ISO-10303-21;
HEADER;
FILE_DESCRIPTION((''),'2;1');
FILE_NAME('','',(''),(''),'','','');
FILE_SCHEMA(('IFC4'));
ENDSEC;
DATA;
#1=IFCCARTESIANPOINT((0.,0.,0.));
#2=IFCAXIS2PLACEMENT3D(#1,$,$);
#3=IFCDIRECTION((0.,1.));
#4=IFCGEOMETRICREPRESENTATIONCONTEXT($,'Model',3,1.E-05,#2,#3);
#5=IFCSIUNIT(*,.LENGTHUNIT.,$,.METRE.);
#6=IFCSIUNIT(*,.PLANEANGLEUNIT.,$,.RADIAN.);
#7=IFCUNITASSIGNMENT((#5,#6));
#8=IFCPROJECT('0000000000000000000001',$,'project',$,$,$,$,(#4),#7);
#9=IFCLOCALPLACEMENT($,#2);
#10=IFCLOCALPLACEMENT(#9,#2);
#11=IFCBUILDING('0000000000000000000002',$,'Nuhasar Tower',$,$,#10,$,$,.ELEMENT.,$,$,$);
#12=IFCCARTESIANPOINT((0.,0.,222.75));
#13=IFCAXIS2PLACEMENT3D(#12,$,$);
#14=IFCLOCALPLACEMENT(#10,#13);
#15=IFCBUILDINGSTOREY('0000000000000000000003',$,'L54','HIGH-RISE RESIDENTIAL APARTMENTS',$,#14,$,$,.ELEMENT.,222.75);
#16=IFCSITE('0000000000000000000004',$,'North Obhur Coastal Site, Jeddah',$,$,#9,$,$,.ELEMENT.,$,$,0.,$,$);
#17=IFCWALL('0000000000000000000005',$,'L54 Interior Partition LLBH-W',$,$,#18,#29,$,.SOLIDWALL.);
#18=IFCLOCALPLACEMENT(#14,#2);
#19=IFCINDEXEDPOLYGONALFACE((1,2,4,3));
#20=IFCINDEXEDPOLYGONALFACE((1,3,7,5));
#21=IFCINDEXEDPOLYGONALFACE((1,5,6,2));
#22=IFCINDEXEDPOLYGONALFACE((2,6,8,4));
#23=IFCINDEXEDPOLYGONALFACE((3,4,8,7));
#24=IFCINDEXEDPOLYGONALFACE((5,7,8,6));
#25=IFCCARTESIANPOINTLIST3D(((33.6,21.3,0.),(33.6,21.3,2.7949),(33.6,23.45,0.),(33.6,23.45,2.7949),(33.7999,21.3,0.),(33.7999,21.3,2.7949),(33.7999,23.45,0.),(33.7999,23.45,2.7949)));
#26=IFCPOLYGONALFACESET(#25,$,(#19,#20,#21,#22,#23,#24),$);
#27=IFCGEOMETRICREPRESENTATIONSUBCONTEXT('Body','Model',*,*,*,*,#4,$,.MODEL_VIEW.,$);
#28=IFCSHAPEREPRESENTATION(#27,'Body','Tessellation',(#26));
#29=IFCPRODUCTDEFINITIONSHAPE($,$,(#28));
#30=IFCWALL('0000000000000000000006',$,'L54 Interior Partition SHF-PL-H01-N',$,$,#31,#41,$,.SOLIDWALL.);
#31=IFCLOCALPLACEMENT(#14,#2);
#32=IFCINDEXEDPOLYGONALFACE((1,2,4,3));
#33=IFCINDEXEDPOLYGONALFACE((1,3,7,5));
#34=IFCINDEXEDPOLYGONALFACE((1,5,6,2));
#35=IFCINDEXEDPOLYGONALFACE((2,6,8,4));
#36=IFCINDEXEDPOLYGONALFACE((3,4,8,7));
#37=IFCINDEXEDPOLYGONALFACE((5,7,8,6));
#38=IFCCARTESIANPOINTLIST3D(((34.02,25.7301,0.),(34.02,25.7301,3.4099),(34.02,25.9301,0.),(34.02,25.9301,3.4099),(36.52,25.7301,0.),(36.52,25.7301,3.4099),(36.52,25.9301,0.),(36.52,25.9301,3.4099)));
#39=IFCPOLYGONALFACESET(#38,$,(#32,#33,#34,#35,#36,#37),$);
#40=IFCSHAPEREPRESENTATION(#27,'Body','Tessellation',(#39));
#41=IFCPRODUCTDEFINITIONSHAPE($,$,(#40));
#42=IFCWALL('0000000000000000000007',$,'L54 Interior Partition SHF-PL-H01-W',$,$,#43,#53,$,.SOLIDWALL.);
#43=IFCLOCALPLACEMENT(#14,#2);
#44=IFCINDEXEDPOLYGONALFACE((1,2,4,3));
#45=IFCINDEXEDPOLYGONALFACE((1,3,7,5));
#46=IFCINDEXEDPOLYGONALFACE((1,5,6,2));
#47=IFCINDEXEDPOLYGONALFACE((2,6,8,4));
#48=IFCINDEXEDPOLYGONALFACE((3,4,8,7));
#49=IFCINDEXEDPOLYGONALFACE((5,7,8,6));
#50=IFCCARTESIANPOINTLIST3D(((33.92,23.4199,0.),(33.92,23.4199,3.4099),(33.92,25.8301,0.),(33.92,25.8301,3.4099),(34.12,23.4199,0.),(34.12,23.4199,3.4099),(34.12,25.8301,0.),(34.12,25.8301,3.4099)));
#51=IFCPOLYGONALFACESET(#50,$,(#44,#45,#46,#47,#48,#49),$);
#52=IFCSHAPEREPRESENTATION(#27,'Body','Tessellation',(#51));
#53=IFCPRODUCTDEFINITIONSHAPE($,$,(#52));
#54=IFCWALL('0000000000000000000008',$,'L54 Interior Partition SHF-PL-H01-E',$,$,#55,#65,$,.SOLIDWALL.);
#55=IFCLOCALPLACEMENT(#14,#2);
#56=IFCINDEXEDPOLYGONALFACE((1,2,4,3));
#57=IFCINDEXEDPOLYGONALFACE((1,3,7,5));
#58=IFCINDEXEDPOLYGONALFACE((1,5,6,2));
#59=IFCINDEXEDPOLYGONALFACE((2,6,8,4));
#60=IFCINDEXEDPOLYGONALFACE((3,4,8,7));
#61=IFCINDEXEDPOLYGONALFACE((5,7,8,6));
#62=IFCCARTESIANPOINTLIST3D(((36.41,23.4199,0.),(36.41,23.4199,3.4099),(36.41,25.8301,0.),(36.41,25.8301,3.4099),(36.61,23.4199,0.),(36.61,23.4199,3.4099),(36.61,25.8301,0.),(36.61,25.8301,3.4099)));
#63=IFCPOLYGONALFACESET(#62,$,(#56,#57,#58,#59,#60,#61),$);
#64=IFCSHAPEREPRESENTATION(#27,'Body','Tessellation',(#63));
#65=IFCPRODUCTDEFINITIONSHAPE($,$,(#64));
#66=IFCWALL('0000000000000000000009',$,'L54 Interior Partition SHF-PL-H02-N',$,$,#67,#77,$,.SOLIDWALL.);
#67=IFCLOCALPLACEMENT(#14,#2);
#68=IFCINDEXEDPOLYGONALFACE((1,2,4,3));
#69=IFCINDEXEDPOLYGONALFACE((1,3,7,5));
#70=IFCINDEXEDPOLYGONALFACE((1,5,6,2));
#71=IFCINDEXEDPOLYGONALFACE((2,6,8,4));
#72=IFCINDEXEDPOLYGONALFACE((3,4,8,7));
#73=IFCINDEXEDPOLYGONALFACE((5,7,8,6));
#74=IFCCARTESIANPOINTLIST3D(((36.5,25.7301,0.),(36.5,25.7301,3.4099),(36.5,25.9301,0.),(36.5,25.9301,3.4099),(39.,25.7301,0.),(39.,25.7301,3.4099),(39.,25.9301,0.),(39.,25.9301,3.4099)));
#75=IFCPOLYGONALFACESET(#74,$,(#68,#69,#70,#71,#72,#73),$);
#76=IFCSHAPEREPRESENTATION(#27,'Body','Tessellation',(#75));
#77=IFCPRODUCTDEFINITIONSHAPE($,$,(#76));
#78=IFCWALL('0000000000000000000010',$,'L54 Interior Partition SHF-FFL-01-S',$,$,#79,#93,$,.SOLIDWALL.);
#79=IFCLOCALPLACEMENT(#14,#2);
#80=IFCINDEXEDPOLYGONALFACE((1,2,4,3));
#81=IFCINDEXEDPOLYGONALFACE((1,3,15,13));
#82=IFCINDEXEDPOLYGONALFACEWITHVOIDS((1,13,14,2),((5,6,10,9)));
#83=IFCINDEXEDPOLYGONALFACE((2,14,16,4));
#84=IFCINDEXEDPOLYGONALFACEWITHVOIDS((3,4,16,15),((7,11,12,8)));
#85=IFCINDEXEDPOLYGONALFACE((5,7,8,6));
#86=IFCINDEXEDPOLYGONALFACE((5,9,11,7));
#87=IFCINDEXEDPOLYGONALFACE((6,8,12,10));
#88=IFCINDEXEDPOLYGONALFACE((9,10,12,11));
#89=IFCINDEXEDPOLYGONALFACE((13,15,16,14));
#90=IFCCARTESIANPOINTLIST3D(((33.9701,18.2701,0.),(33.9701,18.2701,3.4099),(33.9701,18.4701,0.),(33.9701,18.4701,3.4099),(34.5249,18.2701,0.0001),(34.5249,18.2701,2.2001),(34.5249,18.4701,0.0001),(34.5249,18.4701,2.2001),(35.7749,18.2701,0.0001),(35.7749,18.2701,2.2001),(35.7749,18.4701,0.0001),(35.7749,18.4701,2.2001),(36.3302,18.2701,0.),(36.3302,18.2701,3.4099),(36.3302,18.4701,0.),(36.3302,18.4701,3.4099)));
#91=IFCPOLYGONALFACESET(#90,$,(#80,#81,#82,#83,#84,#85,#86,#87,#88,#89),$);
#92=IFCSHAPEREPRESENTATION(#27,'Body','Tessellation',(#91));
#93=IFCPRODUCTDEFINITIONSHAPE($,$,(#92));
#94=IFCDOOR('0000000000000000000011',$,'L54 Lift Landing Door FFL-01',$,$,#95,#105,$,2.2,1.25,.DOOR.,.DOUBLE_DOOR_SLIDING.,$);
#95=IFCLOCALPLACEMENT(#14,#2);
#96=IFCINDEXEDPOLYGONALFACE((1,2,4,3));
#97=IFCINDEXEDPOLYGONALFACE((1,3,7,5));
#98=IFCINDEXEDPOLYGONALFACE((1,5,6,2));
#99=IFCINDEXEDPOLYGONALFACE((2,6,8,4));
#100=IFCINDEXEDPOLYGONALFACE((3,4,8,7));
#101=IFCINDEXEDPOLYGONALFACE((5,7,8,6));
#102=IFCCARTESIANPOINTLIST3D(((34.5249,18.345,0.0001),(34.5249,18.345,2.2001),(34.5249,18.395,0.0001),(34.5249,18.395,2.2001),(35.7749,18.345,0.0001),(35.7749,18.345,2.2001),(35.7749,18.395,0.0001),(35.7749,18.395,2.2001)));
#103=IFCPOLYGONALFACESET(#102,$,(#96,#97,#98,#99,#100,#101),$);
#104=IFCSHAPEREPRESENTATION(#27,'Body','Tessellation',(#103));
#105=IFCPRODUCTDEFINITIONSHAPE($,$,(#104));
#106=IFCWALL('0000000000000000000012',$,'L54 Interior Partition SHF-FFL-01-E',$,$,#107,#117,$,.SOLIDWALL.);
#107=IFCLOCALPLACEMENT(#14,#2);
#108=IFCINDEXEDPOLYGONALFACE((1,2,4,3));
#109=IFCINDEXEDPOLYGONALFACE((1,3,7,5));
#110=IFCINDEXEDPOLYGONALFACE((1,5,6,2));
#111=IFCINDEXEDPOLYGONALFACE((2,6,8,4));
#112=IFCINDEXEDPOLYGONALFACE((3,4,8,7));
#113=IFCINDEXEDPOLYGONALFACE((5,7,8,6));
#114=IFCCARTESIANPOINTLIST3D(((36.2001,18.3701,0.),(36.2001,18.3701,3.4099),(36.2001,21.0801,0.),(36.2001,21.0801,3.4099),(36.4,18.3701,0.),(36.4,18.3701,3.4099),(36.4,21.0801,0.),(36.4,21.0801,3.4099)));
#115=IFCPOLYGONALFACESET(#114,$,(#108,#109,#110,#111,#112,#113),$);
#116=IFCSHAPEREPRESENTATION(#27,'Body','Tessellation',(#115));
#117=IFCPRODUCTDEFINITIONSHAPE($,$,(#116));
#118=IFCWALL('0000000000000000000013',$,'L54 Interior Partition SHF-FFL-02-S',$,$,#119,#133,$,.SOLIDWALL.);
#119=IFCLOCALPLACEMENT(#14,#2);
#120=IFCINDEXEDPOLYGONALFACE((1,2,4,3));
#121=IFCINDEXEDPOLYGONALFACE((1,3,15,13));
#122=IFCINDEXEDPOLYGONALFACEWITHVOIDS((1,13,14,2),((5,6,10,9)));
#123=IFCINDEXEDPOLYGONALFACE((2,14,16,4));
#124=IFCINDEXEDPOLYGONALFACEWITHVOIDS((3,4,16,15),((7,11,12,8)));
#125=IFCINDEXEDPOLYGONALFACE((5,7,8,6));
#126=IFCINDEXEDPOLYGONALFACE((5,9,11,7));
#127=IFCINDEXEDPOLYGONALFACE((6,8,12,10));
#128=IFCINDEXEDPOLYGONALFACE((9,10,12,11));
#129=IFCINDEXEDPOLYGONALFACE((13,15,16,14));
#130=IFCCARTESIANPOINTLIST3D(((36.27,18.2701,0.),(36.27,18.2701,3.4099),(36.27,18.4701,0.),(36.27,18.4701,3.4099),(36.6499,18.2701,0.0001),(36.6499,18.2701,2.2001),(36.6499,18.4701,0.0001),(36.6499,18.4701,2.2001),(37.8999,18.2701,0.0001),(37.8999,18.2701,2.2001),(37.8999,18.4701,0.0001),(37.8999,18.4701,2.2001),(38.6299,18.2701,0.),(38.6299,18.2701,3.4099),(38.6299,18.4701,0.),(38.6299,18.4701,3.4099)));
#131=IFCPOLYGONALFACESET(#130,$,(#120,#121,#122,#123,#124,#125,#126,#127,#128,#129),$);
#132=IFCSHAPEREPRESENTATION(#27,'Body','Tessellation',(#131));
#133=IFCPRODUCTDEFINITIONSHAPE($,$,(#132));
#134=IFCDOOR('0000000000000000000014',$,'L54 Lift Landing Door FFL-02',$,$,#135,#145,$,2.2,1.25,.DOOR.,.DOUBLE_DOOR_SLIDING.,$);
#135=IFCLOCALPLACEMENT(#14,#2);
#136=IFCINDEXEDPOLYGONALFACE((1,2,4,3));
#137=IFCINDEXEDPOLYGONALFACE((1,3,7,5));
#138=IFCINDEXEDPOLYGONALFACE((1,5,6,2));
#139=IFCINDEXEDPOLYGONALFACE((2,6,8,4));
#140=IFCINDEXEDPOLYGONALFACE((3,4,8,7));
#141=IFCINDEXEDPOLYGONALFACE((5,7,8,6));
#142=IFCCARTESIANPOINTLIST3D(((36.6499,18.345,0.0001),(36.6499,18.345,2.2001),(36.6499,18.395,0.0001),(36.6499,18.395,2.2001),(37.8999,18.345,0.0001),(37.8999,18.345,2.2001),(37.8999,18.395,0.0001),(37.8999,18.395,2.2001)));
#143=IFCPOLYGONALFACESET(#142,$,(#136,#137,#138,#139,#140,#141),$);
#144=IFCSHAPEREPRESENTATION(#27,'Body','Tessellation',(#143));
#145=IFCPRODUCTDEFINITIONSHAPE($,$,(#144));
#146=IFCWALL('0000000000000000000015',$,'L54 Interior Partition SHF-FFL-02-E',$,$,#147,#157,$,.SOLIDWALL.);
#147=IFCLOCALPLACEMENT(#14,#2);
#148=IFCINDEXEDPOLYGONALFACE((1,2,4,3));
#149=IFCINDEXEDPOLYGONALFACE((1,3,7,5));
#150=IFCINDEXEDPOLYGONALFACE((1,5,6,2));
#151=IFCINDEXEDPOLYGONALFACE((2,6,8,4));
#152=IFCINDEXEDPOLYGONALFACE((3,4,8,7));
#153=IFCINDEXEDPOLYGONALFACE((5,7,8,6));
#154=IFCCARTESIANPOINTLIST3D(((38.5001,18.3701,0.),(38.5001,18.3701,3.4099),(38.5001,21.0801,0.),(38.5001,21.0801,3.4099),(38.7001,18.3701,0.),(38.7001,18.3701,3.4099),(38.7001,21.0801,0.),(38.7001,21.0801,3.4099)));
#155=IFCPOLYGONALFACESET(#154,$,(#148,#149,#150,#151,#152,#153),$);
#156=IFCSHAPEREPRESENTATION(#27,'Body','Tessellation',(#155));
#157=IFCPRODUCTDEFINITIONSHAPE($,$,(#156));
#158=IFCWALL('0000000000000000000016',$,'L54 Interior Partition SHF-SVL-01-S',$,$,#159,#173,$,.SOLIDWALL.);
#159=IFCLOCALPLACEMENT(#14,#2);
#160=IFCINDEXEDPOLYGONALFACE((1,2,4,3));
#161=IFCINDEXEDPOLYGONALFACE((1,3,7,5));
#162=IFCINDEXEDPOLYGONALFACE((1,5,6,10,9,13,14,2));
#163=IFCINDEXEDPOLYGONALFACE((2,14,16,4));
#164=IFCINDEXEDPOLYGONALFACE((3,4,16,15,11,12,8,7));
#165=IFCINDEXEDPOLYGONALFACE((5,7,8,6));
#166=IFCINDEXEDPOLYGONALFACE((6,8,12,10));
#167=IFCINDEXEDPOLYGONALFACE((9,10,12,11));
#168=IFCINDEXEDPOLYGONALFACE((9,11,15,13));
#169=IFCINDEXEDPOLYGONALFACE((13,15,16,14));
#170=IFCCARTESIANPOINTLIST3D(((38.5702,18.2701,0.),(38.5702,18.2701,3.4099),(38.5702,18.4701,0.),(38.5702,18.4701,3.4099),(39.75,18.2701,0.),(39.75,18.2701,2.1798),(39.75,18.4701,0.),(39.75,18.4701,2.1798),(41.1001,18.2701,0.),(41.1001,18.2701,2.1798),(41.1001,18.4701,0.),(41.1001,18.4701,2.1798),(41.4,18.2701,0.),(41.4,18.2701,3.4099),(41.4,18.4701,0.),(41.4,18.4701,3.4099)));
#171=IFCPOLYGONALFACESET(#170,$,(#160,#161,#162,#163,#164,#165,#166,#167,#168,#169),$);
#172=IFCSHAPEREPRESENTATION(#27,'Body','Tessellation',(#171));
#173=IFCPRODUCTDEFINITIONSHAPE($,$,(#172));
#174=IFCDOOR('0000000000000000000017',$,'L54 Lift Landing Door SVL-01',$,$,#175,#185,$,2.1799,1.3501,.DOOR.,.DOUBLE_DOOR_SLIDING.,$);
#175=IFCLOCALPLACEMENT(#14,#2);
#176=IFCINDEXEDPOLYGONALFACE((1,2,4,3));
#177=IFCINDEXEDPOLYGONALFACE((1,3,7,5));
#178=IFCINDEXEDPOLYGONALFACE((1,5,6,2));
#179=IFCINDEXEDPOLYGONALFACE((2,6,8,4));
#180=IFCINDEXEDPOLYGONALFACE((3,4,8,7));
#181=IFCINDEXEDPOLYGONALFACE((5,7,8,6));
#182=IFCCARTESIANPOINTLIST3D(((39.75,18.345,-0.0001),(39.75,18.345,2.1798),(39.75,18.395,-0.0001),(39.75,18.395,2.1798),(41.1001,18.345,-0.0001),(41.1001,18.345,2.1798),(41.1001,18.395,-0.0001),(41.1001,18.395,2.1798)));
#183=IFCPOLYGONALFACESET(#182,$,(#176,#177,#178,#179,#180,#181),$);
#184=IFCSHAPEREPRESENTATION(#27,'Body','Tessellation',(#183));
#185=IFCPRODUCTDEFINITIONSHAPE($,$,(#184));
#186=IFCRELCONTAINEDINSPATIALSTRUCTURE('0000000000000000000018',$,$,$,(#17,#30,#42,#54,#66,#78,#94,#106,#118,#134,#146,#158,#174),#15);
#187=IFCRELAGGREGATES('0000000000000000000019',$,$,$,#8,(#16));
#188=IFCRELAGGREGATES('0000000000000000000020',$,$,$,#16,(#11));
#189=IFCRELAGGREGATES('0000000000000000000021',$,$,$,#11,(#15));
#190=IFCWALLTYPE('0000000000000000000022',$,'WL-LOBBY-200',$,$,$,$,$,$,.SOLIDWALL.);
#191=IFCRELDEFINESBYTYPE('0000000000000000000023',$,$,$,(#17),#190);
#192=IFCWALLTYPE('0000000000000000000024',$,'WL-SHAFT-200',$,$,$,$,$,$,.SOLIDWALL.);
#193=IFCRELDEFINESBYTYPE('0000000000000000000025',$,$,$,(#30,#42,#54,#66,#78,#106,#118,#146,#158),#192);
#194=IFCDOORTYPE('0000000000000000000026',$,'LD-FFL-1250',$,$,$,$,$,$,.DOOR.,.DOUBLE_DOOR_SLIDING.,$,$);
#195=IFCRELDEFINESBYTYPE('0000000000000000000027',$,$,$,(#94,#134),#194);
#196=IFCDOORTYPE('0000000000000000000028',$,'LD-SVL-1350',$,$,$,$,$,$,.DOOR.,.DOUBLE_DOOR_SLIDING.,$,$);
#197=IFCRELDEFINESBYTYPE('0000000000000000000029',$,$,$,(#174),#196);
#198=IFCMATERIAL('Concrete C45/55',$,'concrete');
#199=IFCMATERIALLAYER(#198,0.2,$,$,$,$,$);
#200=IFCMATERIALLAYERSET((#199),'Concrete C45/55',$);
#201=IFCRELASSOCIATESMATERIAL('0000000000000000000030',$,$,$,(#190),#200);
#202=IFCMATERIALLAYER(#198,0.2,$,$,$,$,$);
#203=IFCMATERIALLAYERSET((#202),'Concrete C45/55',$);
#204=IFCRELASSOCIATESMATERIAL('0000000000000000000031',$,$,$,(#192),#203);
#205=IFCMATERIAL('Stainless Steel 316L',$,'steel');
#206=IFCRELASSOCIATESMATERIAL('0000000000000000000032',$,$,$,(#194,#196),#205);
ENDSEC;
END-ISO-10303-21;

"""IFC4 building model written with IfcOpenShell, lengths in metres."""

from ifc_helpers import new_model, si_unit, direction, frame, frame_2d, origin, place, context, subcontext, project, spatial, rectangle, extrude, material, layer, layer_set, type_object, element, fill, save


model = new_model("IFC4")

# Units and contexts
model_context = context("Model", 3, precision=1e-05, world=origin(), true_north=direction((0.0, 1.0)))
body_context = subcontext(model_context, "Body", "Model", "MODEL_VIEW")
ifc_project = project(units=[si_unit("LENGTHUNIT", "METRE"), si_unit("PLANEANGLEUNIT", "RADIAN")], contexts=[model_context])

# Site, building, storey
site_placement = place(None, origin())
site = spatial("IfcSite", under=ifc_project, at=site_placement, Name="North Obhur Coastal Site, Jeddah", CompositionType="ELEMENT", RefElevation=0.0)
building_placement = place(site_placement, origin())
building = spatial("IfcBuilding", under=site, at=building_placement, Name="Nuhasar Tower", CompositionType="ELEMENT")
storey_placement = place(building_placement, frame((0.0, 0.0, 222.75)))
storey = spatial("IfcBuildingStorey", under=building, at=storey_placement, Name="L54", Description="HIGH-RISE RESIDENTIAL APARTMENTS", CompositionType="ELEMENT", Elevation=222.75)

# Wall
ifc_material_1 = material(Name="Concrete C45/55", Category="concrete")
ifc_layer_1 = layer(ifc_material_1, 0.2)
ifc_layer_set_1 = layer_set([ifc_layer_1], Name="Concrete C45/55")
wall_type_1 = type_object("IfcWallType", Name="WL-LOBBY-200", PredefinedType="SOLIDWALL", material=ifc_layer_set_1)
wall_1_placement = place(storey_placement, frame((33.7, 21.3, 0.0), z_axis=(0.0, 0.0, 1.0), x_axis=(0.0, 1.0, 0.0)))
element("IfcWall", 1, at=wall_1_placement, inside=storey, type_object=wall_type_1, Name="L54 Interior Partition LLBH-W", PredefinedType="SOLIDWALL", context=body_context, shape_type="SweptSolid", body=[
    extrude(rectangle(XDim=2.1499, YDim=0.2, at=frame_2d((1.075, 0.0))), origin(), (0.0, 0.0, 1.0), 2.7949),
])

# Shared definitions
ifc_layer_2 = layer(ifc_material_1, 0.2)
ifc_layer_set_2 = layer_set([ifc_layer_2], Name="Concrete C45/55")
wall_type_2 = type_object("IfcWallType", Name="WL-SHAFT-200", PredefinedType="SOLIDWALL", material=ifc_layer_set_2)
ifc_material_2 = material(Name="Stainless Steel 316L", Category="steel")

# Walls
wall_2_placement = place(storey_placement, frame((34.02, 25.8301, 0.0), z_axis=(0.0, 0.0, 1.0), x_axis=(1.0, 0.0, 0.0)))
element("IfcWall", 2, at=wall_2_placement, inside=storey, type_object=wall_type_2, Name="L54 Interior Partition SHF-PL-H01-N", PredefinedType="SOLIDWALL", context=body_context, shape_type="SweptSolid", body=[
    extrude(rectangle(XDim=2.5, YDim=0.2, at=frame_2d((1.25, 0.0))), origin(), (0.0, 0.0, 1.0), 3.4099),
])
for number, where, z_axis, x_axis, name in (
    (3, (34.02, 23.4199, 0.0), (0.0, 0.0, 1.0), (0.0, 1.0, 0.0), "L54 Interior Partition SHF-PL-H01-W"),
    (4, (36.51, 23.4199, 0.0), (0.0, 0.0, 1.0), (0.0, 1.0, 0.0), "L54 Interior Partition SHF-PL-H01-E"),
):
    element("IfcWall", number, at=place(storey_placement, frame(where, z_axis=z_axis, x_axis=x_axis)), inside=storey, type_object=wall_type_2, Name=name, PredefinedType="SOLIDWALL", context=body_context, shape_type="SweptSolid", body=[
        extrude(rectangle(XDim=2.4102, YDim=0.2, at=frame_2d((1.2051, 0.0))), origin(), (0.0, 0.0, 1.0), 3.4099),
    ])

# Wall
wall_3_placement = place(storey_placement, frame((36.5, 25.8301, 0.0), z_axis=(0.0, 0.0, 1.0), x_axis=(1.0, 0.0, 0.0)))
element("IfcWall", 5, at=wall_3_placement, inside=storey, type_object=wall_type_2, Name="L54 Interior Partition SHF-PL-H02-N", PredefinedType="SOLIDWALL", context=body_context, shape_type="SweptSolid", body=[
    extrude(rectangle(XDim=2.5, YDim=0.2, at=frame_2d((1.25, 0.0))), origin(), (0.0, 0.0, 1.0), 3.4099),
])

# Wall, opening, door
wall_4_placement = place(storey_placement, frame((33.97, 18.3701, 0.0), z_axis=(0.0, 0.0, 1.0), x_axis=(1.0, 0.0, 0.0)))
wall_4 = element("IfcWall", 6, at=wall_4_placement, inside=storey, type_object=wall_type_2, Name="L54 Interior Partition SHF-FFL-01-S", PredefinedType="SOLIDWALL", context=body_context, shape_type="SweptSolid", body=[
    extrude(rectangle(XDim=2.3601, YDim=0.2, at=frame_2d((1.1802, 0.0))), origin(), (0.0, 0.0, 1.0), 3.4099),
])
opening_1_placement = place(wall_4_placement, frame((0.5549, 0.0, 0.0)))
opening_1 = element("IfcOpeningElement", 7, at=opening_1_placement, cuts=wall_4, PredefinedType="OPENING", context=body_context, shape_type="SweptSolid", body=[
    extrude(rectangle(XDim=1.25, YDim=2.2, at=frame_2d((0.625, 1.1001))), frame((0.0, 0.1099, 0.0), z_axis=(0.0, -1.0, 0.0), x_axis=(1.0, 0.0, 0.0)), (0.0, 0.0, 1.0), 0.22),
])
door_type_1 = type_object("IfcDoorType", Name="LD-FFL-1250", OperationType="DOUBLE_DOOR_SLIDING", PredefinedType="DOOR", material=ifc_material_2)
door_1_placement = place(opening_1_placement, origin())
door_1 = element("IfcDoor", 8, at=door_1_placement, inside=storey, type_object=door_type_1, Name="L54 Lift Landing Door FFL-01", OperationType="DOUBLE_DOOR_SLIDING", OverallHeight=2.2, OverallWidth=1.25, PredefinedType="DOOR", context=body_context, shape_type="SweptSolid", body=[
    extrude(rectangle(XDim=1.25, YDim=2.2, at=frame_2d((0.625, 1.1001))), frame((0.0, 0.0249, 0.0), z_axis=(0.0, -1.0, 0.0), x_axis=(1.0, 0.0, 0.0)), (0.0, 0.0, 1.0), 0.05),
])
fill(opening_1, door_1)

# Wall
wall_5_placement = place(storey_placement, frame((36.3, 18.3701, 0.0), z_axis=(0.0, 0.0, 1.0), x_axis=(0.0, 1.0, 0.0)))
element("IfcWall", 9, at=wall_5_placement, inside=storey, type_object=wall_type_2, Name="L54 Interior Partition SHF-FFL-01-E", PredefinedType="SOLIDWALL", context=body_context, shape_type="SweptSolid", body=[
    extrude(rectangle(XDim=2.71, YDim=0.2, at=frame_2d((1.355, 0.0))), origin(), (0.0, 0.0, 1.0), 3.4099),
])

# Wall, opening, door
wall_6_placement = place(storey_placement, frame((36.27, 18.3701, 0.0), z_axis=(0.0, 0.0, 1.0), x_axis=(1.0, 0.0, 0.0)))
wall_6 = element("IfcWall", 10, at=wall_6_placement, inside=storey, type_object=wall_type_2, Name="L54 Interior Partition SHF-FFL-02-S", PredefinedType="SOLIDWALL", context=body_context, shape_type="SweptSolid", body=[
    extrude(rectangle(XDim=2.3599, YDim=0.2, at=frame_2d((1.1799, 0.0))), origin(), (0.0, 0.0, 1.0), 3.4099),
])
opening_2_placement = place(wall_6_placement, frame((0.3799, 0.0, 0.0)))
opening_2 = element("IfcOpeningElement", 11, at=opening_2_placement, cuts=wall_6, PredefinedType="OPENING", context=body_context, shape_type="SweptSolid", body=[
    extrude(rectangle(XDim=1.25, YDim=2.2, at=frame_2d((0.625, 1.1001))), frame((0.0, 0.1099, 0.0), z_axis=(0.0, -1.0, 0.0), x_axis=(1.0, 0.0, 0.0)), (0.0, 0.0, 1.0), 0.22),
])
door_2_placement = place(opening_2_placement, origin())
door_2 = element("IfcDoor", 12, at=door_2_placement, inside=storey, type_object=door_type_1, Name="L54 Lift Landing Door FFL-02", OperationType="DOUBLE_DOOR_SLIDING", OverallHeight=2.2, OverallWidth=1.25, PredefinedType="DOOR", context=body_context, shape_type="SweptSolid", body=[
    extrude(rectangle(XDim=1.25, YDim=2.2, at=frame_2d((0.625, 1.1001))), frame((0.0, 0.0249, 0.0), z_axis=(0.0, -1.0, 0.0), x_axis=(1.0, 0.0, 0.0)), (0.0, 0.0, 1.0), 0.05),
])
fill(opening_2, door_2)

# Wall
wall_7_placement = place(storey_placement, frame((38.6001, 18.3701, 0.0), z_axis=(0.0, 0.0, 1.0), x_axis=(0.0, 1.0, 0.0)))
element("IfcWall", 13, at=wall_7_placement, inside=storey, type_object=wall_type_2, Name="L54 Interior Partition SHF-FFL-02-E", PredefinedType="SOLIDWALL", context=body_context, shape_type="SweptSolid", body=[
    extrude(rectangle(XDim=2.71, YDim=0.2, at=frame_2d((1.355, 0.0))), origin(), (0.0, 0.0, 1.0), 3.4099),
])

# Wall, opening, door
wall_8_placement = place(storey_placement, frame((38.5701, 18.3701, 0.0), z_axis=(0.0, 0.0, 1.0), x_axis=(1.0, 0.0, 0.0)))
wall_8 = element("IfcWall", 14, at=wall_8_placement, inside=storey, type_object=wall_type_2, Name="L54 Interior Partition SHF-SVL-01-S", PredefinedType="SOLIDWALL", context=body_context, shape_type="SweptSolid", body=[
    extrude(rectangle(XDim=2.8298, YDim=0.2, at=frame_2d((1.415, 0.0))), origin(), (0.0, 0.0, 1.0), 3.4099),
])
opening_3_placement = place(wall_8_placement, frame((1.1799, 0.0, 0.0)))
opening_3 = element("IfcOpeningElement", 15, at=opening_3_placement, cuts=wall_8, PredefinedType="OPENING", context=body_context, shape_type="SweptSolid", body=[
    extrude(rectangle(XDim=1.3501, YDim=2.1799, at=frame_2d((0.675, 1.0898))), frame((0.0, 0.1099, 0.0), z_axis=(0.0, -1.0, 0.0), x_axis=(1.0, 0.0, 0.0)), (0.0, 0.0, 1.0), 0.22),
])
door_type_2 = type_object("IfcDoorType", Name="LD-SVL-1350", OperationType="DOUBLE_DOOR_SLIDING", PredefinedType="DOOR", material=ifc_material_2)
door_3_placement = place(opening_3_placement, origin())
door_3 = element("IfcDoor", 16, at=door_3_placement, inside=storey, type_object=door_type_2, Name="L54 Lift Landing Door SVL-01", OperationType="DOUBLE_DOOR_SLIDING", OverallHeight=2.1799, OverallWidth=1.3501, PredefinedType="DOOR", context=body_context, shape_type="SweptSolid", body=[
    extrude(rectangle(XDim=1.3501, YDim=2.1799, at=frame_2d((0.675, 1.0898))), frame((0.0, 0.0249, 0.0), z_axis=(0.0, -1.0, 0.0), x_axis=(1.0, 0.0, 0.0)), (0.0, 0.0, 1.0), 0.05),
])
fill(opening_3, door_3)

save(model, "model.ifc")
